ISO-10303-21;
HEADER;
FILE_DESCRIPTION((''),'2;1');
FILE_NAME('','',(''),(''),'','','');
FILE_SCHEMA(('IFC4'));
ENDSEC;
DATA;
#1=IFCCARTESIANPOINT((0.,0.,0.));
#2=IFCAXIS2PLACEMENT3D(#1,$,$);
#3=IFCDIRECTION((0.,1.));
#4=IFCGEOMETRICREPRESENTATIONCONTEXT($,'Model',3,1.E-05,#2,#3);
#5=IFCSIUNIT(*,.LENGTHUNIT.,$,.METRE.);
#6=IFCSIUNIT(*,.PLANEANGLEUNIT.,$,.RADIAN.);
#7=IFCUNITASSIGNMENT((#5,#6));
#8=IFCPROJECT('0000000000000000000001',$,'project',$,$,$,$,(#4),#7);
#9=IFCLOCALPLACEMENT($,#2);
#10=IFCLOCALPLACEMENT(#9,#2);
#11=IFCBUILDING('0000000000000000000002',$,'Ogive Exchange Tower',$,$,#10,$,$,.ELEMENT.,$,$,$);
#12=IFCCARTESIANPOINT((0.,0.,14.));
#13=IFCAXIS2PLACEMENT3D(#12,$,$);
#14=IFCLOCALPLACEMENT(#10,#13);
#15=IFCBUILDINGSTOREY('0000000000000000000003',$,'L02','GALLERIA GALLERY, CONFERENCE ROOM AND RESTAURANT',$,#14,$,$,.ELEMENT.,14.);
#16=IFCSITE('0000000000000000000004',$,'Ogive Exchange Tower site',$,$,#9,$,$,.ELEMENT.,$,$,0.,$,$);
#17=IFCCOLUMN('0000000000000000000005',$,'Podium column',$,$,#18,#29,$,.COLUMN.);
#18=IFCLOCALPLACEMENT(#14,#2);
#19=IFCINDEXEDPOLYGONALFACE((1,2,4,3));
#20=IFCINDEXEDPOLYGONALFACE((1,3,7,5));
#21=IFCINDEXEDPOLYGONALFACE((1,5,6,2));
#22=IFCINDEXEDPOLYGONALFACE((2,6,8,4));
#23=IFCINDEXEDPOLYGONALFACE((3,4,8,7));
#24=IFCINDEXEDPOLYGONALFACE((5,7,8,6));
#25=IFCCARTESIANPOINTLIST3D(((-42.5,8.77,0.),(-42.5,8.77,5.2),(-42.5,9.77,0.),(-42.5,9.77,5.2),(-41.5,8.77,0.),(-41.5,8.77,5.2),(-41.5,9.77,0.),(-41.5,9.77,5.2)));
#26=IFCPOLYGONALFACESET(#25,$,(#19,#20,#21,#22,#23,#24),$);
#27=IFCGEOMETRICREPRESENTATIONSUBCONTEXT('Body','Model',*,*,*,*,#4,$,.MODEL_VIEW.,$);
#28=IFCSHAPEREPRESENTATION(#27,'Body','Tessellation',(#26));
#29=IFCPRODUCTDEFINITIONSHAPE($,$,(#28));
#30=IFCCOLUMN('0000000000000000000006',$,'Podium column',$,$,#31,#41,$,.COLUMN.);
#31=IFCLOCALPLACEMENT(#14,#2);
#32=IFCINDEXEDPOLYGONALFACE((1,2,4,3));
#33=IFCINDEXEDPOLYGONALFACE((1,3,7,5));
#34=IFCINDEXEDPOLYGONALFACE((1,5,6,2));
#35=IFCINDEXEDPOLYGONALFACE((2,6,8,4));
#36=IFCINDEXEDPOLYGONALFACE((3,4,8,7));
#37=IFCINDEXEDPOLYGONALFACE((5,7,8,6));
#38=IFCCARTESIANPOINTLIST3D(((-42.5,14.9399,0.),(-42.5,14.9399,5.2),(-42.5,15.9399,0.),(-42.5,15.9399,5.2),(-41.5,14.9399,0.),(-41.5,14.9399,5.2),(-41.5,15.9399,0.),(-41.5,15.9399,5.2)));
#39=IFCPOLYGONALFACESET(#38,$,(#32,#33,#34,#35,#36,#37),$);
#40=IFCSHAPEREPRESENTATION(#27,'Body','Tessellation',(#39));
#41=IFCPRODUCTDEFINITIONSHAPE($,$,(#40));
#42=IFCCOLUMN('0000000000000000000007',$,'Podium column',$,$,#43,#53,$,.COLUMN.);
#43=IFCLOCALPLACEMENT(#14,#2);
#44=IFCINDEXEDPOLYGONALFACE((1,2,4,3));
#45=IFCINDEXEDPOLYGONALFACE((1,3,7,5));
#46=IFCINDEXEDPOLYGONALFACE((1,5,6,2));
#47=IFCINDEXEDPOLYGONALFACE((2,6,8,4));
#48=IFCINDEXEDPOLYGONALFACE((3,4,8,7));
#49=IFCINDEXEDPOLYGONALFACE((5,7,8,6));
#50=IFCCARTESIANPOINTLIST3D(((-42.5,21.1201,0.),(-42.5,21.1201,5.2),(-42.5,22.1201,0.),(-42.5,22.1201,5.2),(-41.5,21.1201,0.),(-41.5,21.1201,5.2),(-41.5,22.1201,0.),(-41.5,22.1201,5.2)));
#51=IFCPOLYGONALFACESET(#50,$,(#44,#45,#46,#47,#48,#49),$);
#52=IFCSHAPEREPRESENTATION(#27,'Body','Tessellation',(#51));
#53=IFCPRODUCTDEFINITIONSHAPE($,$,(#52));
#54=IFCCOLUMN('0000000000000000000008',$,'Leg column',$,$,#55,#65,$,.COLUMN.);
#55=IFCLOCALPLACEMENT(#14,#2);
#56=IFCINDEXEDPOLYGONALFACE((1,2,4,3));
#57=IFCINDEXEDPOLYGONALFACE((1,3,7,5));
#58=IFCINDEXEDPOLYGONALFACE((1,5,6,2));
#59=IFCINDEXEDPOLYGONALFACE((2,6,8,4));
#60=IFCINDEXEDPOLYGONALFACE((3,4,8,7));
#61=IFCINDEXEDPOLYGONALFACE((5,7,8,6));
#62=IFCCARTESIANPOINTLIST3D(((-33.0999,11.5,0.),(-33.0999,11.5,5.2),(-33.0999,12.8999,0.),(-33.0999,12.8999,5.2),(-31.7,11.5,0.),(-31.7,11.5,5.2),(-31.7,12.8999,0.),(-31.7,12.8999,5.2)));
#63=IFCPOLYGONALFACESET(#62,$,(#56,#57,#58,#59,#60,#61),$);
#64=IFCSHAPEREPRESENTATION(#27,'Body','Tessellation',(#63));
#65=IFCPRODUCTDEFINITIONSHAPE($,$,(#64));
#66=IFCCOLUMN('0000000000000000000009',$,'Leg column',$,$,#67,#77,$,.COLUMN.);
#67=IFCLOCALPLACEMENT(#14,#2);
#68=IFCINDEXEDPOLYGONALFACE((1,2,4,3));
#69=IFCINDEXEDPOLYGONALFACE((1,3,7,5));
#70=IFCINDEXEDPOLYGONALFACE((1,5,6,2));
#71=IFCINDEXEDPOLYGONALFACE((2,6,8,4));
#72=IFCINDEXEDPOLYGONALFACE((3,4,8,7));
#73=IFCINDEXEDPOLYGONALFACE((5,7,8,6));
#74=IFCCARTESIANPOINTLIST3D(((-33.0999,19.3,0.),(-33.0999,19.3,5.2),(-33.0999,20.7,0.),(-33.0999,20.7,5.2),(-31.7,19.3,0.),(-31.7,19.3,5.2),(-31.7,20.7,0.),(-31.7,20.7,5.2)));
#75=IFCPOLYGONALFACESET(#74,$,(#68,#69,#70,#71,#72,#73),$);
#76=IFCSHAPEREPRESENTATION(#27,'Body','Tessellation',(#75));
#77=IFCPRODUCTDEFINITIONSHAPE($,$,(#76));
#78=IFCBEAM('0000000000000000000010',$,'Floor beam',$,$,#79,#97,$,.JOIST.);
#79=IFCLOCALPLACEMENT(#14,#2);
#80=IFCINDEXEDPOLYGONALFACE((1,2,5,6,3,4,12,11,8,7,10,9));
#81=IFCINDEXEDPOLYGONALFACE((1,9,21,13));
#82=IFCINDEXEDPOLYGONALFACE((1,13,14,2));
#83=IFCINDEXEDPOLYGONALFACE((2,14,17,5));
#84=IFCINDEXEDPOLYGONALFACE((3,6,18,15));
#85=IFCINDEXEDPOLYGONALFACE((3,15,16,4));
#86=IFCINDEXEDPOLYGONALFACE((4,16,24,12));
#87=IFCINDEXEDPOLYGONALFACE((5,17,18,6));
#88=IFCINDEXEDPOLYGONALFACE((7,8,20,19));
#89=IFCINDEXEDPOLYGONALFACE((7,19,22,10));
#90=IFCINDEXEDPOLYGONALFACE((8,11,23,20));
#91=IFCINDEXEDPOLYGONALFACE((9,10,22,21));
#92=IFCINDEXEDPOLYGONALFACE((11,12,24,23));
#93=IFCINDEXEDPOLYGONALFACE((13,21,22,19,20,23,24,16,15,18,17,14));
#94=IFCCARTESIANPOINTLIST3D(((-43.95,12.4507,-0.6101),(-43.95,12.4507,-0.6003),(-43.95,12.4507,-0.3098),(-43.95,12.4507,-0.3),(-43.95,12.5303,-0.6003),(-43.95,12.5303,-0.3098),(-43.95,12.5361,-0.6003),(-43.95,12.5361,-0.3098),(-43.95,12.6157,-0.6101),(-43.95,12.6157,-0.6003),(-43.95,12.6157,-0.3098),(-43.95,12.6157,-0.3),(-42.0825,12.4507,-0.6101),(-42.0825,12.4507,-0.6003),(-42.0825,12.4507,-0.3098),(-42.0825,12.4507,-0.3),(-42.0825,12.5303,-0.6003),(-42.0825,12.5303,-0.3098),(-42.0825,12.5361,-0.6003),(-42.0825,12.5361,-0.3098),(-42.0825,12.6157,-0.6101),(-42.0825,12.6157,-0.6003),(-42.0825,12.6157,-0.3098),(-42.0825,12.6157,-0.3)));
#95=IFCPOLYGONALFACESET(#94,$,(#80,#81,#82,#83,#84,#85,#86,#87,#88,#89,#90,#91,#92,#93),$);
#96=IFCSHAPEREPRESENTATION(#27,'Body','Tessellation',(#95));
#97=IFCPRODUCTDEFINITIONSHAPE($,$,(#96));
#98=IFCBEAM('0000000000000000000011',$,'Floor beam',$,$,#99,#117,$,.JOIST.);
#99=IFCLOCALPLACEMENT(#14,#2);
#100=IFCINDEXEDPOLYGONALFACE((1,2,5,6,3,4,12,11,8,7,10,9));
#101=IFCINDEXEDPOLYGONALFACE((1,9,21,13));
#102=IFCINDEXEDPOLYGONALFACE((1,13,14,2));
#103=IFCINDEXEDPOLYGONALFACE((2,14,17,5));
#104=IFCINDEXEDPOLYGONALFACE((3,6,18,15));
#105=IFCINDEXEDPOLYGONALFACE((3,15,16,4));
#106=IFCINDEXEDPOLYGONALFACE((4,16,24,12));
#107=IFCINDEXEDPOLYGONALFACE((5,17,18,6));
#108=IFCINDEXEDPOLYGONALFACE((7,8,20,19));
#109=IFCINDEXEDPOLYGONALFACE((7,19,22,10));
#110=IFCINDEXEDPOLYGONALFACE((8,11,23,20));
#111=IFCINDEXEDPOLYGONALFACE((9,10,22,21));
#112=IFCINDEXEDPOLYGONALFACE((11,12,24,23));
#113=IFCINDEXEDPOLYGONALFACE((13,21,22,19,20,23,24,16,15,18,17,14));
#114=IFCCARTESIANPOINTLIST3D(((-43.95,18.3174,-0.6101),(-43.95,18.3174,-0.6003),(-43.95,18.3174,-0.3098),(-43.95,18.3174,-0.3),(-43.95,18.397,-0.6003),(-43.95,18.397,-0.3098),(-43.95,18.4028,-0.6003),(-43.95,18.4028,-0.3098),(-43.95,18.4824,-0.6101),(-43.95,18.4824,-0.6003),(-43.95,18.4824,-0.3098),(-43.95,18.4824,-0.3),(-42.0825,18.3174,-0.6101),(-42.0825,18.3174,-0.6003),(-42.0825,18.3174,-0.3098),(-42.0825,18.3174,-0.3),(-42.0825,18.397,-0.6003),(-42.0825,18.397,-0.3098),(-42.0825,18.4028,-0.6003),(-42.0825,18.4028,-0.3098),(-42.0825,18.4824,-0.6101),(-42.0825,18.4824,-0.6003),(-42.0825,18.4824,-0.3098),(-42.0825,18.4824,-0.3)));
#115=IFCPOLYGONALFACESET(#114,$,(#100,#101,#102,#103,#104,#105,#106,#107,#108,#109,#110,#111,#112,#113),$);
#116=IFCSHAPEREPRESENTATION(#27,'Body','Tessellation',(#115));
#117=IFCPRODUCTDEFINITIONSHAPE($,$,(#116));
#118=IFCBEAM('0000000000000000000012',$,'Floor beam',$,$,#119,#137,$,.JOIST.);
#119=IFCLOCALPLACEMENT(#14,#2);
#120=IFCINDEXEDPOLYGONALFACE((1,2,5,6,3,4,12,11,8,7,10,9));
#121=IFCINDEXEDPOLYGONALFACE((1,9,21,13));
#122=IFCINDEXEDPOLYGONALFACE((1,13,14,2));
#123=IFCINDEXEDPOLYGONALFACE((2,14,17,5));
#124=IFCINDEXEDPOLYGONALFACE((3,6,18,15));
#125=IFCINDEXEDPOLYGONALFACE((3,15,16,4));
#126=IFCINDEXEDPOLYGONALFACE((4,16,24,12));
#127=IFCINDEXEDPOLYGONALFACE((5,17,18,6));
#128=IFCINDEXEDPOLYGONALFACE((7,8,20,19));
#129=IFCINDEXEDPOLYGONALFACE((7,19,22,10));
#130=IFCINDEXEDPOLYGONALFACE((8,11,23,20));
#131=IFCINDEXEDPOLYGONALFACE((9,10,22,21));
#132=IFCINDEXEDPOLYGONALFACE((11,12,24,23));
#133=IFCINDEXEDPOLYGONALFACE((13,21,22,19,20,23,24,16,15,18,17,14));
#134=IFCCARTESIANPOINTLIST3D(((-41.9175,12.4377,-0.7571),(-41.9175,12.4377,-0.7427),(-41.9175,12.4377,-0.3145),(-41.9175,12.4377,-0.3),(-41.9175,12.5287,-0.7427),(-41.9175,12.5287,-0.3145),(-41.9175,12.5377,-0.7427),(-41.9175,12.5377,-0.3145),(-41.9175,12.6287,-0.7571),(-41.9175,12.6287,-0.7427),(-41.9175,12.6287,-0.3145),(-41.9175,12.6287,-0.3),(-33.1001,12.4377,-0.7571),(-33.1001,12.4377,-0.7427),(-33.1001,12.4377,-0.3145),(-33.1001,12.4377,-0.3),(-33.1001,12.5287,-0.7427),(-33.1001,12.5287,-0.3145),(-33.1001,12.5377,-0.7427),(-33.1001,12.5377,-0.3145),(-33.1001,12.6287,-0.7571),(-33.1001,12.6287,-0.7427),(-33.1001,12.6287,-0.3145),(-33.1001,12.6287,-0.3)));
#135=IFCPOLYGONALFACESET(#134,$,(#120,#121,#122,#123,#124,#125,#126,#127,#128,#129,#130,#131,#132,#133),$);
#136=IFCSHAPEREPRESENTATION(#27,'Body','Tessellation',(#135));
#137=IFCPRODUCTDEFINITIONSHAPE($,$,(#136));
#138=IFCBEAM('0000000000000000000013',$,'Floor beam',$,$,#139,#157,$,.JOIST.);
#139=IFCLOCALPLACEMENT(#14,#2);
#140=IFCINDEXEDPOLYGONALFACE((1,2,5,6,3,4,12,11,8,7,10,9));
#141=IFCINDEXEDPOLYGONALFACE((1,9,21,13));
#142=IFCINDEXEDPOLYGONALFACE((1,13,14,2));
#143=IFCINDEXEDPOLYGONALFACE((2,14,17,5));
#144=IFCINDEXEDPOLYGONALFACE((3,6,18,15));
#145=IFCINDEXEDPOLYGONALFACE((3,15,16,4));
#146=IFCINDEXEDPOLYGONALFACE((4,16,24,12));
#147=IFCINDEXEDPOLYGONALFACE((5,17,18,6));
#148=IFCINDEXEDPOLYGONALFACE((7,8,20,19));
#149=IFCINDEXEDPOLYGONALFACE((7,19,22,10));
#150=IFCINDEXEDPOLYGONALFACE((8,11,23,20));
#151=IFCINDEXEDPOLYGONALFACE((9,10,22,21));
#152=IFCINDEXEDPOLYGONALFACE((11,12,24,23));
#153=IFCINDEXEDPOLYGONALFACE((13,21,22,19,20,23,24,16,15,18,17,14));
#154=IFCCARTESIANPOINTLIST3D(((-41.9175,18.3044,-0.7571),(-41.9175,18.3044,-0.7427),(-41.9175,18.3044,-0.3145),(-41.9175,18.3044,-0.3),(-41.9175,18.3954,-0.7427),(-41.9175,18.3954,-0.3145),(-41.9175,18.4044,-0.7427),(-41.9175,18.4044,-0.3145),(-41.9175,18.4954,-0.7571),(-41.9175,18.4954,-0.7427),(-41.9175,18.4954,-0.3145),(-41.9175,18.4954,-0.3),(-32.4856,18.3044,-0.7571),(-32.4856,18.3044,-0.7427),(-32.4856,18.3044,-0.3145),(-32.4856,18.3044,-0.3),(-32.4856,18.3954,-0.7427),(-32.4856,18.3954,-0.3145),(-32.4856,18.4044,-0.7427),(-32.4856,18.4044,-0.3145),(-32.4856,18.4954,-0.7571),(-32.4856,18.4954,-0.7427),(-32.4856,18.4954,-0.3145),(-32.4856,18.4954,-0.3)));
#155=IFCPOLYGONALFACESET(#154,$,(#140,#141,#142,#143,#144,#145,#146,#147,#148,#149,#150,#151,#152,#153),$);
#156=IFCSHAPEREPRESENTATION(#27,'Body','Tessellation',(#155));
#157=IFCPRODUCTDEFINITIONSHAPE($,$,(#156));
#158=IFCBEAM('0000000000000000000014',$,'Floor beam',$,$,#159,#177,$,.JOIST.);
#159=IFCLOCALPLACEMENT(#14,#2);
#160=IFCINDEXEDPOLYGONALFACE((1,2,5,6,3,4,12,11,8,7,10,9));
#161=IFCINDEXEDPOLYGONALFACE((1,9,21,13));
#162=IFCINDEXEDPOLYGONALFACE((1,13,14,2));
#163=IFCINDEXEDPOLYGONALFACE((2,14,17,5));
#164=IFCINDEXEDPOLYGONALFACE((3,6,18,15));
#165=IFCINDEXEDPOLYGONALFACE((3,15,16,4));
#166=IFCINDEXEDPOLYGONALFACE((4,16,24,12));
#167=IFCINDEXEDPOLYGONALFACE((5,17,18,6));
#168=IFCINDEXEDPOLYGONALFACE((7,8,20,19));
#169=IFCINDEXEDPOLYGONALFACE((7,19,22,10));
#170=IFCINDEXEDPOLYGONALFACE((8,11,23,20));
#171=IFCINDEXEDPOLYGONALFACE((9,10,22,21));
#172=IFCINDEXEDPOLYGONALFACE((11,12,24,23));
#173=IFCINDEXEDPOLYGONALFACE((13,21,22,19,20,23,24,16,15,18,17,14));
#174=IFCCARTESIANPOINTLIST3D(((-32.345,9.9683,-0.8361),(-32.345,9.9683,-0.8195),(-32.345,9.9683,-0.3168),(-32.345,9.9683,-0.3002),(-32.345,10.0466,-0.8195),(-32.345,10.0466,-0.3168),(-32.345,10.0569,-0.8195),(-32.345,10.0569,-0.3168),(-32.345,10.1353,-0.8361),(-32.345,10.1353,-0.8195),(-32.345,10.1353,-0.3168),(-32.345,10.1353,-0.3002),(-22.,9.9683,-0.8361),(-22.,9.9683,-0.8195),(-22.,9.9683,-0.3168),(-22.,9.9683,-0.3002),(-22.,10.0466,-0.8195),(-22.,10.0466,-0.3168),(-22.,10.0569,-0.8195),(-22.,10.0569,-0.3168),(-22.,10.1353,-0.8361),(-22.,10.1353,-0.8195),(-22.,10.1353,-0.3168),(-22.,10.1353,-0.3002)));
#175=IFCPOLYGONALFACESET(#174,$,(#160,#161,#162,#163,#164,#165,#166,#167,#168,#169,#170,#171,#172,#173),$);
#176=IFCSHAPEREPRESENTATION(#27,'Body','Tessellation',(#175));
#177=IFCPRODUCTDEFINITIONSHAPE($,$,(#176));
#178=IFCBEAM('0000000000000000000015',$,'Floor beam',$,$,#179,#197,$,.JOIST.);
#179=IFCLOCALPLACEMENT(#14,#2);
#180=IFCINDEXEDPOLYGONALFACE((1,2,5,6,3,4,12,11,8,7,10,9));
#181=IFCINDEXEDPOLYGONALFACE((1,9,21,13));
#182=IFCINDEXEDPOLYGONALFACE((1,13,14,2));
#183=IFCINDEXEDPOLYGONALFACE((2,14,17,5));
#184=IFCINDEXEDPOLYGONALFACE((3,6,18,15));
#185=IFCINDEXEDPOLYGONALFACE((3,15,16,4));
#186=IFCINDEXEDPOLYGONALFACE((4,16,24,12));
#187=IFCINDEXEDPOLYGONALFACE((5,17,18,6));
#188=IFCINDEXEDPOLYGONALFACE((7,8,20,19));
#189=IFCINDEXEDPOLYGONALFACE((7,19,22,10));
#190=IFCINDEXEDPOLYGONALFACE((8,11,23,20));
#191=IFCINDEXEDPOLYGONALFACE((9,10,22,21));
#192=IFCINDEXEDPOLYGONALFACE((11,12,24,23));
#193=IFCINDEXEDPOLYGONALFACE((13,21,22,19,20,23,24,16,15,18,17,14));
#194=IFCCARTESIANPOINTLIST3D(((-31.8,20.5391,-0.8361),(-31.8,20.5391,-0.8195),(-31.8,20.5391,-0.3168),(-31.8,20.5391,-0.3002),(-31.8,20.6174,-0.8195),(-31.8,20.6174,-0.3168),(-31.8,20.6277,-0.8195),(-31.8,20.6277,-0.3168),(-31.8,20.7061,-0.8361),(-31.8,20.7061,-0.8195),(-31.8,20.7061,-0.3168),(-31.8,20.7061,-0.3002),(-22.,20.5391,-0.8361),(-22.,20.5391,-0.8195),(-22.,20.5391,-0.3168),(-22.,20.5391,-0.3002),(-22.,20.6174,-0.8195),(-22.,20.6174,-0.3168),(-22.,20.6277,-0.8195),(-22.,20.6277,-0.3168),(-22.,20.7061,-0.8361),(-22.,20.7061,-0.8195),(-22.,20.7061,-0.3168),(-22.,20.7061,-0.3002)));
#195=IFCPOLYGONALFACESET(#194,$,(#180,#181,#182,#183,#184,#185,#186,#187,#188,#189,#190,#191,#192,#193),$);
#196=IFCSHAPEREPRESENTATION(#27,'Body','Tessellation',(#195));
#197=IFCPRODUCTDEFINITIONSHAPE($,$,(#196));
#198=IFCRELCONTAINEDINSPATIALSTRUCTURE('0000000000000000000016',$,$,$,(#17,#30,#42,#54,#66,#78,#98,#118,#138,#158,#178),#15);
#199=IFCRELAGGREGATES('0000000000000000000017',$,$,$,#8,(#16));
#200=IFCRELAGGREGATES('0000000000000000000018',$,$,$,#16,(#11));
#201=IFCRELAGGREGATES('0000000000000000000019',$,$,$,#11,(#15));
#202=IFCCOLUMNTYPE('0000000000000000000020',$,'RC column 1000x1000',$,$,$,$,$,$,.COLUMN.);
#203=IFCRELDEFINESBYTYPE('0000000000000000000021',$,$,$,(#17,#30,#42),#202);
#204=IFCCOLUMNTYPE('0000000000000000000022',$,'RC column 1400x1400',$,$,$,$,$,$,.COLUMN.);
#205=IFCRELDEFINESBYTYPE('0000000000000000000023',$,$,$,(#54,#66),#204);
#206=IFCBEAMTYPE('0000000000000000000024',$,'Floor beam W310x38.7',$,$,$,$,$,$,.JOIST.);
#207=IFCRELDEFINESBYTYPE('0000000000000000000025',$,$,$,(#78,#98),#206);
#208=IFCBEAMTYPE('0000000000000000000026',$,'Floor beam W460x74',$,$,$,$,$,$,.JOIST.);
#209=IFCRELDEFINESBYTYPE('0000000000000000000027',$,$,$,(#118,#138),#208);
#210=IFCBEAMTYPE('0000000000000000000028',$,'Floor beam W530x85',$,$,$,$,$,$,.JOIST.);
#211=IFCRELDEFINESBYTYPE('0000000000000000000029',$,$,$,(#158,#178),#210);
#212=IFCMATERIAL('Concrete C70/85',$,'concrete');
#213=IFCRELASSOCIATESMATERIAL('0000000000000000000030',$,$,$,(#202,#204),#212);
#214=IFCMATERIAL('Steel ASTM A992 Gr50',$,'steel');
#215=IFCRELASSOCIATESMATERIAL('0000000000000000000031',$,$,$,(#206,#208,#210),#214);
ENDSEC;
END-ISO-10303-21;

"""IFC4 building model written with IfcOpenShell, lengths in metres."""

from ifc_helpers import new_model, si_unit, direction, frame, origin, origin_2d, place, context, subcontext, project, spatial, rectangle, i_section, extrude, material, material_profile, profile_set, type_object, element, save


model = new_model("IFC4")

# Units and contexts
model_context = context("Model", 3, precision=1e-05, world=origin(), true_north=direction((0.0, 1.0)))
body_context = subcontext(model_context, "Body", "Model", "MODEL_VIEW")
ifc_project = project(units=[si_unit("LENGTHUNIT", "METRE"), si_unit("PLANEANGLEUNIT", "RADIAN")], contexts=[model_context])

# Site, building, storey
site_placement = place(None, origin())
site = spatial("IfcSite", under=ifc_project, at=site_placement, Name="Ogive Exchange Tower site", CompositionType="ELEMENT", RefElevation=0.0)
building_placement = place(site_placement, origin())
building = spatial("IfcBuilding", under=site, at=building_placement, Name="Ogive Exchange Tower", CompositionType="ELEMENT")
storey_placement = place(building_placement, frame((0.0, 0.0, 14.0)))
storey = spatial("IfcBuildingStorey", under=building, at=storey_placement, Name="L02", Description="GALLERIA GALLERY, CONFERENCE ROOM AND RESTAURANT", CompositionType="ELEMENT", Elevation=14.0)

# Columns
ifc_material_1 = material(Name="Concrete C70/85", Category="concrete")
ifc_material_profile_1 = material_profile(ifc_material_1, rectangle(XDim=1.0, YDim=1.0, at=origin_2d()), Name="RC 1000x1000")
ifc_profile_set_1 = profile_set([ifc_material_profile_1], Name="Concrete C70/85")
column_type_1 = type_object("IfcColumnType", Name="RC column 1000x1000", PredefinedType="COLUMN", material=ifc_profile_set_1)
for number, where, z_axis, x_axis, name in (
    (1, (-42.0, 9.27, 0.0), (0.0, 0.0, 1.0), (1.0, 0.0, 0.0), "Podium column"),
    (2, (-42.0, 15.4399, 0.0), (0.0, 0.0, 1.0), (1.0, 0.0, 0.0), "Podium column"),
    (3, (-42.0, 21.6201, 0.0), (0.0, 0.0, 1.0), (1.0, 0.0, 0.0), "Podium column"),
):
    element("IfcColumn", number, at=place(storey_placement, frame(where, z_axis=z_axis, x_axis=x_axis)), inside=storey, type_object=column_type_1, Name=name, PredefinedType="COLUMN", context=body_context, shape_type="SweptSolid", body=[
        extrude(rectangle(XDim=1.0, YDim=1.0, at=origin_2d()), origin(), (0.0, 0.0, 1.0), 5.2),
    ])
ifc_material_profile_2 = material_profile(ifc_material_1, rectangle(XDim=1.3999, YDim=1.3999, at=origin_2d()), Name="RC 1400x1400")
ifc_profile_set_2 = profile_set([ifc_material_profile_2], Name="Concrete C70/85")
column_type_2 = type_object("IfcColumnType", Name="RC column 1400x1400", PredefinedType="COLUMN", material=ifc_profile_set_2)
for number, where, z_axis, x_axis, name in (
    (4, (-32.3999, 12.2, 0.0), (0.0, 0.0, 1.0), (1.0, 0.0, 0.0), "Leg column"),
    (5, (-32.3999, 20.0, 0.0), (0.0, 0.0, 1.0), (1.0, 0.0, 0.0), "Leg column"),
):
    element("IfcColumn", number, at=place(storey_placement, frame(where, z_axis=z_axis, x_axis=x_axis)), inside=storey, type_object=column_type_2, Name=name, PredefinedType="COLUMN", context=body_context, shape_type="SweptSolid", body=[
        extrude(rectangle(XDim=1.3999, YDim=1.3999, at=origin_2d()), origin(), (0.0, 0.0, 1.0), 5.2),
    ])

# Beams
ifc_material_2 = material(Name="Steel ASTM A992 Gr50", Category="steel")
ifc_material_profile_3 = material_profile(ifc_material_2, i_section(OverallWidth=0.165, OverallDepth=0.3101, WebThickness=0.0059, FlangeThickness=0.0098, at=origin_2d()), Name="W310x38.7")
ifc_profile_set_3 = profile_set([ifc_material_profile_3], Name="Steel ASTM A992 Gr50")
beam_type_1 = type_object("IfcBeamType", Name="Floor beam W310x38.7", PredefinedType="JOIST", material=ifc_profile_set_3)
for number, where, z_axis, x_axis, name in (
    (6, (-43.95, 12.5332, -0.4551), (1.0, 0.0, 0.0), (0.0, 1.0, 0.0), "Floor beam"),
    (7, (-43.95, 18.3999, -0.4551), (1.0, 0.0, 0.0), (0.0, 1.0, 0.0), "Floor beam"),
):
    element("IfcBeam", number, at=place(storey_placement, frame(where, z_axis=z_axis, x_axis=x_axis)), inside=storey, type_object=beam_type_1, Name=name, PredefinedType="JOIST", context=body_context, shape_type="SweptSolid", body=[
        extrude(i_section(OverallWidth=0.165, OverallDepth=0.3101, WebThickness=0.0059, FlangeThickness=0.0098, at=origin_2d()), origin(), (0.0, 0.0, 1.0), 1.8674),
    ])
ifc_material_profile_4 = material_profile(ifc_material_2, i_section(OverallWidth=0.1909, OverallDepth=0.457, WebThickness=0.009, FlangeThickness=0.0144, at=origin_2d()), Name="W460x74")
ifc_profile_set_4 = profile_set([ifc_material_profile_4], Name="Steel ASTM A992 Gr50")
beam_type_2 = type_object("IfcBeamType", Name="Floor beam W460x74", PredefinedType="JOIST", material=ifc_profile_set_4)
beam_1_placement = place(storey_placement, frame((-41.9175, 12.5332, -0.5286), z_axis=(1.0, 0.0, 0.0), x_axis=(0.0, 1.0, 0.0)))
element("IfcBeam", 8, at=beam_1_placement, inside=storey, type_object=beam_type_2, Name="Floor beam", PredefinedType="JOIST", context=body_context, shape_type="SweptSolid", body=[
    extrude(i_section(OverallWidth=0.1909, OverallDepth=0.457, WebThickness=0.009, FlangeThickness=0.0144, at=origin_2d()), origin(), (0.0, 0.0, 1.0), 8.8174),
])
beam_2_placement = place(storey_placement, frame((-41.9175, 18.3999, -0.5286), z_axis=(1.0, 0.0, 0.0), x_axis=(0.0, 1.0, 0.0)))
element("IfcBeam", 9, at=beam_2_placement, inside=storey, type_object=beam_type_2, Name="Floor beam", PredefinedType="JOIST", context=body_context, shape_type="SweptSolid", body=[
    extrude(i_section(OverallWidth=0.1909, OverallDepth=0.457, WebThickness=0.009, FlangeThickness=0.0144, at=origin_2d()), origin(), (0.0, 0.0, 1.0), 9.4319),
])
ifc_material_profile_5 = material_profile(ifc_material_2, i_section(OverallWidth=0.167, OverallDepth=0.5359, WebThickness=0.0103, FlangeThickness=0.0166, at=origin_2d()), Name="W530x85")
ifc_profile_set_5 = profile_set([ifc_material_profile_5], Name="Steel ASTM A992 Gr50")
beam_type_3 = type_object("IfcBeamType", Name="Floor beam W530x85", PredefinedType="JOIST", material=ifc_profile_set_5)
beam_3_placement = place(storey_placement, frame((-32.345, 10.0518, -0.5681), z_axis=(1.0, 0.0, 0.0), x_axis=(0.0, 1.0, 0.0)))
element("IfcBeam", 10, at=beam_3_placement, inside=storey, type_object=beam_type_3, Name="Floor beam", PredefinedType="JOIST", context=body_context, shape_type="SweptSolid", body=[
    extrude(i_section(OverallWidth=0.167, OverallDepth=0.5359, WebThickness=0.0103, FlangeThickness=0.0166, at=origin_2d()), origin(), (0.0, 0.0, 1.0), 10.345),
])
beam_4_placement = place(storey_placement, frame((-31.8, 20.6226, -0.5681), z_axis=(1.0, 0.0, 0.0), x_axis=(0.0, 1.0, 0.0)))
element("IfcBeam", 11, at=beam_4_placement, inside=storey, type_object=beam_type_3, Name="Floor beam", PredefinedType="JOIST", context=body_context, shape_type="SweptSolid", body=[
    extrude(i_section(OverallWidth=0.167, OverallDepth=0.5359, WebThickness=0.0103, FlangeThickness=0.0166, at=origin_2d()), origin(), (0.0, 0.0, 1.0), 9.8),
])

save(model, "model.ifc")
